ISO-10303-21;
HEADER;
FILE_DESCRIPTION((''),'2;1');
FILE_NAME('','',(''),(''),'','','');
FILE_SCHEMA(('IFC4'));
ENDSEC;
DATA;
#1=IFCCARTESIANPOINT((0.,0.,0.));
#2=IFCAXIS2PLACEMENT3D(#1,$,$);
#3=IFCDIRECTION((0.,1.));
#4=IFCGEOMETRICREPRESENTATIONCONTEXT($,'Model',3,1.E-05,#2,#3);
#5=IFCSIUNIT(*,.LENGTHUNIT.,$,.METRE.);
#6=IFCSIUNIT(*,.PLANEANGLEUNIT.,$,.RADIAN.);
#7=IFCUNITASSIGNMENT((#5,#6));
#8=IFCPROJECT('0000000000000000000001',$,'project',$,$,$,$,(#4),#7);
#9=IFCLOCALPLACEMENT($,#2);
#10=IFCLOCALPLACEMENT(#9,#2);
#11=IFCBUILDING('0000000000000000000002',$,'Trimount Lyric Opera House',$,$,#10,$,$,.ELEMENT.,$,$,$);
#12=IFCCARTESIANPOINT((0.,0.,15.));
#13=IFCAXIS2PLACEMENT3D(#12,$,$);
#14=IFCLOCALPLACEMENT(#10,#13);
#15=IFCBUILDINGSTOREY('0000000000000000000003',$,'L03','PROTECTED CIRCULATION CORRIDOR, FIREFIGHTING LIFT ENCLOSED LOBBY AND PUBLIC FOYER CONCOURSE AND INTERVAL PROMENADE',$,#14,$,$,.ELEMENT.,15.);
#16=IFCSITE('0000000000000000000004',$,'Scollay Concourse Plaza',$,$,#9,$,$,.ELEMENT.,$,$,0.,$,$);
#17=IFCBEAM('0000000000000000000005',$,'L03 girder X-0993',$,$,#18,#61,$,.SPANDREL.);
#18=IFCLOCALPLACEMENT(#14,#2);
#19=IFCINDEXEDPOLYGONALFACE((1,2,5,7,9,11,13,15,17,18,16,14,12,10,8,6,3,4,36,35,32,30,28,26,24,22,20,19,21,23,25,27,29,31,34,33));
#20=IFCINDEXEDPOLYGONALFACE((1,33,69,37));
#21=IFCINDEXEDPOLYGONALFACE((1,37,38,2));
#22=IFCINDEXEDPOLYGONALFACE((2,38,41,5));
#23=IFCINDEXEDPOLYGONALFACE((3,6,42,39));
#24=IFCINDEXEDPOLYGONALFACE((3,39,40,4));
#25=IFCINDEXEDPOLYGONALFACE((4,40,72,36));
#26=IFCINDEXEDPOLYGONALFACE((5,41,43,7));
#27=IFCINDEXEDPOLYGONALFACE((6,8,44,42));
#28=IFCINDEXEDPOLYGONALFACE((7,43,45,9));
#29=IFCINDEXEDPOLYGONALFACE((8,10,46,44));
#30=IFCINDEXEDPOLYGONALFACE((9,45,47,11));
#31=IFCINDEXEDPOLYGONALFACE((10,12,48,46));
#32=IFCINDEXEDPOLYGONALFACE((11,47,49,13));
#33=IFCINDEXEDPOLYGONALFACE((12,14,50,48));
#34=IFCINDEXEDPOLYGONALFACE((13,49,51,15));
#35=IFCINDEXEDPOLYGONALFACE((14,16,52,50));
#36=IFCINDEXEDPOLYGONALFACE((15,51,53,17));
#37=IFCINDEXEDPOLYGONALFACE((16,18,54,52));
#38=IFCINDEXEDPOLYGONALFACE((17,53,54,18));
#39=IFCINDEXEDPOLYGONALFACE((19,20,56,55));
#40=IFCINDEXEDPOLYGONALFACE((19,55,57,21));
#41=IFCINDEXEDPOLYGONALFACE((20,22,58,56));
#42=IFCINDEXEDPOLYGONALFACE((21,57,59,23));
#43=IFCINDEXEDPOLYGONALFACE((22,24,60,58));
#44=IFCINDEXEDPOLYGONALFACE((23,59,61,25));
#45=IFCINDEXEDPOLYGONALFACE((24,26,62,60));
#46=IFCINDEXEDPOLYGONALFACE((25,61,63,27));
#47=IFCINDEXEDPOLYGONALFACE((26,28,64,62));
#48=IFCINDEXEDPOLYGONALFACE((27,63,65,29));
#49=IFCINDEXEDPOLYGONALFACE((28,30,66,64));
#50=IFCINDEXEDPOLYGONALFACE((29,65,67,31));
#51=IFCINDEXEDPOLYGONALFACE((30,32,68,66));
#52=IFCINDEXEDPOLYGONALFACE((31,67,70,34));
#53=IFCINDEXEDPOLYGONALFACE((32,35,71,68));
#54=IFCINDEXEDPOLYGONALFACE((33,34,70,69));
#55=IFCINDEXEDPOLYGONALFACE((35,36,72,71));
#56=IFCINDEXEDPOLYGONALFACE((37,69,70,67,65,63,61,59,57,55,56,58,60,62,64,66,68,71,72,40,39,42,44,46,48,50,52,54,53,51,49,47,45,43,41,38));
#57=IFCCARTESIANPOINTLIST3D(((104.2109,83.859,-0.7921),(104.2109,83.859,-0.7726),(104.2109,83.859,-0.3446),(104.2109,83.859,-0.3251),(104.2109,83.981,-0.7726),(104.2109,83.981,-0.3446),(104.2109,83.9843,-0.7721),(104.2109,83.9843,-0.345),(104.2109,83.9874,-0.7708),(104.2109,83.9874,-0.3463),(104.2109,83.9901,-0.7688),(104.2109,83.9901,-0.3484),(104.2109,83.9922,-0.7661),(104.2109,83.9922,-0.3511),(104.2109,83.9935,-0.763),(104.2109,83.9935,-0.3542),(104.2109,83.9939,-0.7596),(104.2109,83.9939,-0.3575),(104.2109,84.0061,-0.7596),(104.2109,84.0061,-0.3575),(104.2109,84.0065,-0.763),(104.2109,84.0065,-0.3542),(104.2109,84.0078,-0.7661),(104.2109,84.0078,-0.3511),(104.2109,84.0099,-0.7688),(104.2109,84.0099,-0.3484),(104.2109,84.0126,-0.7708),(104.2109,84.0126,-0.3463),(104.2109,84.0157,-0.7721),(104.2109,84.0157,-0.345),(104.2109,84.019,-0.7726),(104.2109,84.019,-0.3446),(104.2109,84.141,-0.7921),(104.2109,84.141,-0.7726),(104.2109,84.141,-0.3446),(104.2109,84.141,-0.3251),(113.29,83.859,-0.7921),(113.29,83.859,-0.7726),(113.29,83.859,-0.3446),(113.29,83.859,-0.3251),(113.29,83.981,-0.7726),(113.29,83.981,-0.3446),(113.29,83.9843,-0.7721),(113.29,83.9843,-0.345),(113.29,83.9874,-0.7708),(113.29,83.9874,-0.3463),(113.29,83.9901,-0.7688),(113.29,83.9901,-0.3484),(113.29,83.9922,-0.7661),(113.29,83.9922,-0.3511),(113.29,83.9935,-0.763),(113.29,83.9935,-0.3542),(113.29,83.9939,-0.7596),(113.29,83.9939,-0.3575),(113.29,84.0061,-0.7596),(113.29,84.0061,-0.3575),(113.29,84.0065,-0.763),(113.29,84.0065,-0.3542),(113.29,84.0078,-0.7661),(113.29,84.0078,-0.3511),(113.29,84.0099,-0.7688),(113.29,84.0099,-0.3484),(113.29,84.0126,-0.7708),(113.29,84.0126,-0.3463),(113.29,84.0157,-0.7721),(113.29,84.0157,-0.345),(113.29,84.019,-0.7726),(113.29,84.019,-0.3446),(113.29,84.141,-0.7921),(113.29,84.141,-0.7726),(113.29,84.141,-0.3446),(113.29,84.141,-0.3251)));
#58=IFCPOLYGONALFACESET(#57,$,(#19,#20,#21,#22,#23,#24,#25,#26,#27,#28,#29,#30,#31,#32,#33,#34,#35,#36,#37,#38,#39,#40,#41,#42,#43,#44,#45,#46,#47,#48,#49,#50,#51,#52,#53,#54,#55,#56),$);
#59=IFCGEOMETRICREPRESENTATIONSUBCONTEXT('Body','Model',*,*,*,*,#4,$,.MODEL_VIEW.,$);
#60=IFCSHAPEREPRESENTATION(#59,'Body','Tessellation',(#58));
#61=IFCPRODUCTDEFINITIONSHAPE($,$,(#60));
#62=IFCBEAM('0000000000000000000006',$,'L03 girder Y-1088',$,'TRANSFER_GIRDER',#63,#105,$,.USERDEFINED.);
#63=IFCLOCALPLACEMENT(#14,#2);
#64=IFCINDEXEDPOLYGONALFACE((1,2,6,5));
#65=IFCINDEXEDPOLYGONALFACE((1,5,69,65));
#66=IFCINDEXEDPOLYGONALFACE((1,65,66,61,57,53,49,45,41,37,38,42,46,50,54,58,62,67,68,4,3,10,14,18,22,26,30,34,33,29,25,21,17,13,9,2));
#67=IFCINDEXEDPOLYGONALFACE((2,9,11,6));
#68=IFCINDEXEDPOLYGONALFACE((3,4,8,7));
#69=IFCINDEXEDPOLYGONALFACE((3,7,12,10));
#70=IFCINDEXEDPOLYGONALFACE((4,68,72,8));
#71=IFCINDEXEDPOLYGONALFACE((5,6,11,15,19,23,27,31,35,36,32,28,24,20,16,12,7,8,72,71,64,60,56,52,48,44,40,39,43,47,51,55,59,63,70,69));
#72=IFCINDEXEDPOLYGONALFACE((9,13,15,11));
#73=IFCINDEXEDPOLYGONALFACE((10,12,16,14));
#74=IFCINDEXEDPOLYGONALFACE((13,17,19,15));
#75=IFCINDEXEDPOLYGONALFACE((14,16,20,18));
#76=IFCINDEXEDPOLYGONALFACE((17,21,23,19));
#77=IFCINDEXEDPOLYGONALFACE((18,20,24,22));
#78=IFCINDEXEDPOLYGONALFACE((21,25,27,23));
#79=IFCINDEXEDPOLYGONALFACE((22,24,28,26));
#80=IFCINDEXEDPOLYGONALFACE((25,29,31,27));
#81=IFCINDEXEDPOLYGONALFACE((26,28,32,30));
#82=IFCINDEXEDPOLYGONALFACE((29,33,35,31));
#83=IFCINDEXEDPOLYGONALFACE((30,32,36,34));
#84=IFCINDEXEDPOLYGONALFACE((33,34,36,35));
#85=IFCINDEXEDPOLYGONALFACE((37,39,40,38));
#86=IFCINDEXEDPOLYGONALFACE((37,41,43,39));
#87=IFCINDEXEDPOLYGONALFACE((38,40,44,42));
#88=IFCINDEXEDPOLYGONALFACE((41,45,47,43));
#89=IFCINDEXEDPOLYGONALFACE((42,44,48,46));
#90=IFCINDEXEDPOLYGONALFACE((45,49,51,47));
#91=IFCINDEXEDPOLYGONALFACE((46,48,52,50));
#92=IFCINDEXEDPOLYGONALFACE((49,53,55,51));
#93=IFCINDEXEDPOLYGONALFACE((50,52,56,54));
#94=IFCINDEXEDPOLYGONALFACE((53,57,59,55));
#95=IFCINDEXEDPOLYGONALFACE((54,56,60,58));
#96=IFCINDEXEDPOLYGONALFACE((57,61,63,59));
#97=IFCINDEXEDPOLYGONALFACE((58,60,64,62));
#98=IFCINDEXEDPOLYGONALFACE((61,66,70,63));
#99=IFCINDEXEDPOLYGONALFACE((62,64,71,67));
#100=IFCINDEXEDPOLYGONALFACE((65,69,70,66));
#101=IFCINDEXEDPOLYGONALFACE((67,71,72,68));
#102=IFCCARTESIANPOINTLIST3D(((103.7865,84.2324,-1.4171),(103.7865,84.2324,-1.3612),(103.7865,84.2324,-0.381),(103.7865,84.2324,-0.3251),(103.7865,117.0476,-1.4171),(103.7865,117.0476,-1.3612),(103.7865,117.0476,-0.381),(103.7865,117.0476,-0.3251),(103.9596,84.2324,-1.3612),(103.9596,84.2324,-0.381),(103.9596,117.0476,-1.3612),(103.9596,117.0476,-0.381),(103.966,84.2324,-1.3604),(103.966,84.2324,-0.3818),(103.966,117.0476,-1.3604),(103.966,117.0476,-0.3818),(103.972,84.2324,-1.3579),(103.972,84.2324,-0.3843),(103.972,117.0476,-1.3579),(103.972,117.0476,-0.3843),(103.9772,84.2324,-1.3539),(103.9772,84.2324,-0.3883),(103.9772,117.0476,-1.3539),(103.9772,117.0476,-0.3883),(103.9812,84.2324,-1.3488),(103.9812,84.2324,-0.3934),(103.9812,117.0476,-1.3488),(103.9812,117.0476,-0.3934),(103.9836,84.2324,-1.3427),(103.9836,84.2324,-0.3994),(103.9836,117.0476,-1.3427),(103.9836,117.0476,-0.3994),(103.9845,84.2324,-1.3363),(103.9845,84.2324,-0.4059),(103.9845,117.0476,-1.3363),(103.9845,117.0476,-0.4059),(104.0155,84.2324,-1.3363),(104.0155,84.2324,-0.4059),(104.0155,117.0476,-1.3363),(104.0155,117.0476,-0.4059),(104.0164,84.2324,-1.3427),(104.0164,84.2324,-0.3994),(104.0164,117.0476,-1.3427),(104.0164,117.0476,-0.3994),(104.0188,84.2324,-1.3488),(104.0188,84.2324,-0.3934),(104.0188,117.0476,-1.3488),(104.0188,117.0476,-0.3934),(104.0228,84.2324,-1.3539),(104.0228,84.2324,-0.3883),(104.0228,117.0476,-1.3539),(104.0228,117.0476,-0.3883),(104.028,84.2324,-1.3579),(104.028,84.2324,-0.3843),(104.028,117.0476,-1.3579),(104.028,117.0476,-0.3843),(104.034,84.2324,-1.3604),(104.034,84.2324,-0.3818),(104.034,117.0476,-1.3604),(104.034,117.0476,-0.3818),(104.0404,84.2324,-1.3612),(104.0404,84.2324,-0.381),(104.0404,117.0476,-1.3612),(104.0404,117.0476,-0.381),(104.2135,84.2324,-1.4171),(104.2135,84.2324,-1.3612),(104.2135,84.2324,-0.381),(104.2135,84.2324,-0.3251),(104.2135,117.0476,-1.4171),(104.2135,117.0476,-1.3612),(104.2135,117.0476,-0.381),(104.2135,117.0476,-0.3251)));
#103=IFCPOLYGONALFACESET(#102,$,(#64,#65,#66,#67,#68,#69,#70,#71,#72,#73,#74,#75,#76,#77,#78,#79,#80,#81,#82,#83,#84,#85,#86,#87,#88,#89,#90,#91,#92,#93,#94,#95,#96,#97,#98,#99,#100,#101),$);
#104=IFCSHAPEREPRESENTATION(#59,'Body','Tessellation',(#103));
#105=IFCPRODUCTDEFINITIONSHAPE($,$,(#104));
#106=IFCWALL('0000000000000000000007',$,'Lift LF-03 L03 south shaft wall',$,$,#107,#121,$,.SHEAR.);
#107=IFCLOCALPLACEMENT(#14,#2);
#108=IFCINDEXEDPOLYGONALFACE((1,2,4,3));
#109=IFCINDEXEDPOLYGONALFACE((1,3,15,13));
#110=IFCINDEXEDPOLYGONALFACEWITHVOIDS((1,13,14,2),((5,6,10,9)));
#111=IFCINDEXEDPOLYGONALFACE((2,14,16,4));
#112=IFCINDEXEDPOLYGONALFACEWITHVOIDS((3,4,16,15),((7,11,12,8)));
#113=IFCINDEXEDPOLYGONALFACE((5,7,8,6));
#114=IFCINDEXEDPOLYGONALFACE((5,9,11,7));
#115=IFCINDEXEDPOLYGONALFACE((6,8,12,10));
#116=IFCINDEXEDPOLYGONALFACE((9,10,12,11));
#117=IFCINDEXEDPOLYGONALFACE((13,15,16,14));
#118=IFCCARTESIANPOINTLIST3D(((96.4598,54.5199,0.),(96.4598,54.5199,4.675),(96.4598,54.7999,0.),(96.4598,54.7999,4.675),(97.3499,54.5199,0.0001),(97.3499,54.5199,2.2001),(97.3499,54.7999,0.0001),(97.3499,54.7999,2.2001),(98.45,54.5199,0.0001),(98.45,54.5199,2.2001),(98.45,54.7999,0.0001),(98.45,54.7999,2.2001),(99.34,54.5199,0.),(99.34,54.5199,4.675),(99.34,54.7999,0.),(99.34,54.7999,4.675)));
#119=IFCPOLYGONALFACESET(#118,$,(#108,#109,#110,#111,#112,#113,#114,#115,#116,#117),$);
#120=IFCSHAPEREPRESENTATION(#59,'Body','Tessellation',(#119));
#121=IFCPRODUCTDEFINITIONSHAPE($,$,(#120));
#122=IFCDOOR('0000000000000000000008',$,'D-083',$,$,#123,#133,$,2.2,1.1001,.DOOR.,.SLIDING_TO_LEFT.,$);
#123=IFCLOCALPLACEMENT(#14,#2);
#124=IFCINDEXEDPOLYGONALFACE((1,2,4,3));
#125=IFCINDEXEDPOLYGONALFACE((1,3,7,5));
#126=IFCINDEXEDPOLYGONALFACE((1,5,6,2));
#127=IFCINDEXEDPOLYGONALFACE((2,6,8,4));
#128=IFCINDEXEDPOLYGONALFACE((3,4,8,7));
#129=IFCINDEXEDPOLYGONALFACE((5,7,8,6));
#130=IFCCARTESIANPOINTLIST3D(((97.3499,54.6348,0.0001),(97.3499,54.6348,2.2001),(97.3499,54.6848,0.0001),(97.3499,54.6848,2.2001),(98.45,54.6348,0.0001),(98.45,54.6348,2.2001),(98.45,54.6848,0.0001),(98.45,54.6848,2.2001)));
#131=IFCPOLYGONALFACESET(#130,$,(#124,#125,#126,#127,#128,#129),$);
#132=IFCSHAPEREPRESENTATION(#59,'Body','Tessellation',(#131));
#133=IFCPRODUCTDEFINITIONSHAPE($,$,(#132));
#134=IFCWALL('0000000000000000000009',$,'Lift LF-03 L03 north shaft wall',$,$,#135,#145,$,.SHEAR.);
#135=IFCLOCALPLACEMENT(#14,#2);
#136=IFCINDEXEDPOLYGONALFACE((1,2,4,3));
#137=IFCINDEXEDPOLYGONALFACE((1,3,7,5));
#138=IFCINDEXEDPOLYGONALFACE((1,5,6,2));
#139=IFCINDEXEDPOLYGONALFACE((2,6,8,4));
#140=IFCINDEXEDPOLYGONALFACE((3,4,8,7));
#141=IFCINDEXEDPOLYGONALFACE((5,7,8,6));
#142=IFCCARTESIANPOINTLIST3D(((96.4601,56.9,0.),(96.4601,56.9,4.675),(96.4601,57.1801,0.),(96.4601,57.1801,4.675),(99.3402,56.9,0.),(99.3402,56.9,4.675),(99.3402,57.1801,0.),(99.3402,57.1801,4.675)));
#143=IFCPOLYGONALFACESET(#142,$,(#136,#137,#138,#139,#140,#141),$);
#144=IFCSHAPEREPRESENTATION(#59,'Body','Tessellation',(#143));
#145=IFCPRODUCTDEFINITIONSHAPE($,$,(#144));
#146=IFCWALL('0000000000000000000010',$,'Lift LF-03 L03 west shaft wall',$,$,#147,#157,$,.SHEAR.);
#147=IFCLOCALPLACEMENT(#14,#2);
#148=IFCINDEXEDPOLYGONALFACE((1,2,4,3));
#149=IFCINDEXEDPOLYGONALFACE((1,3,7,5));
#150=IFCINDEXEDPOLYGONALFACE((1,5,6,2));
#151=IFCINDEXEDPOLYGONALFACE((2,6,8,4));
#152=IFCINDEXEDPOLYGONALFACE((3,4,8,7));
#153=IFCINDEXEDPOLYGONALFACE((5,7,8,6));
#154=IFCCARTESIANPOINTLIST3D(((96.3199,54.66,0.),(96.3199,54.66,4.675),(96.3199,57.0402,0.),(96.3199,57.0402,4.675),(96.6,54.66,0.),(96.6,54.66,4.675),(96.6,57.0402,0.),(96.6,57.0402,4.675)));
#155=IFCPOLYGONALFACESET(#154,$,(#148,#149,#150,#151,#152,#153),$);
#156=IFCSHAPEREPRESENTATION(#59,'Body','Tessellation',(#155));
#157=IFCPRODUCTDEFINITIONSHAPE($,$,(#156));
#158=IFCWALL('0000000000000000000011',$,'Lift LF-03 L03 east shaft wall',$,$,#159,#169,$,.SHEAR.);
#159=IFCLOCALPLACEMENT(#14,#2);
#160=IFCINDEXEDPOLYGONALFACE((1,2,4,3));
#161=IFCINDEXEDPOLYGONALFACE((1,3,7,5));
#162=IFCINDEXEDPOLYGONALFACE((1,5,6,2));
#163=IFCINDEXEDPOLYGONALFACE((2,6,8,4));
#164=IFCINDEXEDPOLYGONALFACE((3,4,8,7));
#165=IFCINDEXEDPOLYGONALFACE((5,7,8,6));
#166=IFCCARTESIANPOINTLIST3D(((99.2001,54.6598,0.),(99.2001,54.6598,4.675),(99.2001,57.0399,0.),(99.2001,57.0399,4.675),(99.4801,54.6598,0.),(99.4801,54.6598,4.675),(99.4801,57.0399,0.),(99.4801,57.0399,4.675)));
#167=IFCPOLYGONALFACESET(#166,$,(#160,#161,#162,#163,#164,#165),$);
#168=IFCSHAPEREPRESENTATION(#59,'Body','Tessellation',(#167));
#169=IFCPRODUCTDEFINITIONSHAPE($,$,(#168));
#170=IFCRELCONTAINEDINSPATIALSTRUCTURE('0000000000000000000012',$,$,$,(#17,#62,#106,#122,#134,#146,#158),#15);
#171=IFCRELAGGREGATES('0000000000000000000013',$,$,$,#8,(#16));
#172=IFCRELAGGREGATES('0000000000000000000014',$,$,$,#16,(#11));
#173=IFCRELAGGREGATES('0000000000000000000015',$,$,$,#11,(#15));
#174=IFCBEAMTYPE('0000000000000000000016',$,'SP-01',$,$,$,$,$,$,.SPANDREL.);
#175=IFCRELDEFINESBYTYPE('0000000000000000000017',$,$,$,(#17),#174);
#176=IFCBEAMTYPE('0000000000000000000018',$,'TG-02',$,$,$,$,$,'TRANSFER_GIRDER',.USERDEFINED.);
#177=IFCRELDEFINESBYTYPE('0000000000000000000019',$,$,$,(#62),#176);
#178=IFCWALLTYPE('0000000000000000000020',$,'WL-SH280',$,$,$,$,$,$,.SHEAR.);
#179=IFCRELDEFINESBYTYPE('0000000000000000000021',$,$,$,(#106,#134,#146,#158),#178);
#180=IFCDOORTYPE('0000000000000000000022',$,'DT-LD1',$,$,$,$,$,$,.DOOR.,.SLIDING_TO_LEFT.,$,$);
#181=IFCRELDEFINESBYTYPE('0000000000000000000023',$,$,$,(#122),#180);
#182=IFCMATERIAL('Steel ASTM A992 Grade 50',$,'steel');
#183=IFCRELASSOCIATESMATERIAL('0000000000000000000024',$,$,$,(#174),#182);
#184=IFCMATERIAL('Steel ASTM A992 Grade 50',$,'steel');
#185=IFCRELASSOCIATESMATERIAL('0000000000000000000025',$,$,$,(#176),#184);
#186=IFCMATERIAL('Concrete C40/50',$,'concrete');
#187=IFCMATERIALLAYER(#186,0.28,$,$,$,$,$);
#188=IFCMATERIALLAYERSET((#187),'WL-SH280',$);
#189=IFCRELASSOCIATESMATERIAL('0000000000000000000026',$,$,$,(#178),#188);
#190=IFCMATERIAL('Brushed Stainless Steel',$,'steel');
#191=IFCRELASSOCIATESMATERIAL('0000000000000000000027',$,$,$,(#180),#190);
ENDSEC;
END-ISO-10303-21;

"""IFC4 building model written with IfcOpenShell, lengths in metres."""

from ifc_helpers import new_model, si_unit, direction, frame, frame_2d, origin, origin_2d, place, context, subcontext, project, spatial, rectangle, i_section, extrude, material, layer, layer_set, material_profile, profile_set, type_object, element, fill, save


model = new_model("IFC4")

# Units and contexts
model_context = context("Model", 3, precision=1e-05, world=origin(), true_north=direction((0.0, 1.0)))
body_context = subcontext(model_context, "Body", "Model", "MODEL_VIEW")
ifc_project = project(units=[si_unit("LENGTHUNIT", "METRE"), si_unit("PLANEANGLEUNIT", "RADIAN")], contexts=[model_context])

# Site, building, storey
site_placement = place(None, origin())
site = spatial("IfcSite", under=ifc_project, at=site_placement, Name="Scollay Concourse Plaza", CompositionType="ELEMENT", RefElevation=0.0)
building_placement = place(site_placement, origin())
building = spatial("IfcBuilding", under=site, at=building_placement, Name="Trimount Lyric Opera House", CompositionType="ELEMENT")
storey_placement = place(building_placement, frame((0.0, 0.0, 15.0)))
storey = spatial("IfcBuildingStorey", under=building, at=storey_placement, Name="L03", Description="PROTECTED CIRCULATION CORRIDOR, FIREFIGHTING LIFT ENCLOSED LOBBY AND PUBLIC FOYER CONCOURSE AND INTERVAL PROMENADE", CompositionType="ELEMENT", Elevation=15.0)

# Beams
ifc_material_1 = material(Name="Steel ASTM A992 Grade 50", Category="steel")
ifc_material_profile_1 = material_profile(ifc_material_1, i_section(OverallWidth=0.282, OverallDepth=0.467, WebThickness=0.0122, FlangeThickness=0.0195, FilletRadius=0.0129, at=origin_2d()), Name="W18X86")
ifc_profile_set_1 = profile_set([ifc_material_profile_1], Name="Steel ASTM A992 Grade 50")
beam_type_1 = type_object("IfcBeamType", Name="SP-01", PredefinedType="SPANDREL", material=ifc_profile_set_1)
beam_1_placement = place(storey_placement, frame((104.2109, 84.0, -0.5586), z_axis=(1.0, 0.0, 0.0), x_axis=(0.0, 1.0, 0.0)))
element("IfcBeam", 1, at=beam_1_placement, inside=storey, type_object=beam_type_1, Name="L03 girder X-0993", PredefinedType="SPANDREL", context=body_context, shape_type="SweptSolid", body=[
    extrude(i_section(OverallWidth=0.282, OverallDepth=0.467, WebThickness=0.0122, FlangeThickness=0.0195, FilletRadius=0.0129, at=origin_2d()), origin(), (0.0, 0.0, 1.0), 9.0791),
])
ifc_material_2 = material(Name="Steel ASTM A992 Grade 50", Category="steel")
ifc_material_profile_2 = material_profile(ifc_material_2, i_section(OverallWidth=0.427, OverallDepth=1.092, WebThickness=0.031, FlangeThickness=0.0559, FilletRadius=0.0249, at=origin_2d()), Name="W40X397")
ifc_profile_set_2 = profile_set([ifc_material_profile_2], Name="Steel ASTM A992 Grade 50")
beam_type_2 = type_object("IfcBeamType", Name="TG-02", ElementType="TRANSFER_GIRDER", PredefinedType="USERDEFINED", material=ifc_profile_set_2)
beam_2_placement = place(storey_placement, frame((104.0, 84.2324, -0.8711), z_axis=(0.0, 1.0, 0.0), x_axis=(-1.0, 0.0, 0.0)))
element("IfcBeam", 2, at=beam_2_placement, inside=storey, type_object=beam_type_2, Name="L03 girder Y-1088", ObjectType="TRANSFER_GIRDER", PredefinedType="USERDEFINED", context=body_context, shape_type="SweptSolid", body=[
    extrude(i_section(OverallWidth=0.427, OverallDepth=1.092, WebThickness=0.031, FlangeThickness=0.0559, FilletRadius=0.0249, at=origin_2d()), origin(), (0.0, 0.0, 1.0), 32.8152),
])

# Wall, opening, door
ifc_material_3 = material(Name="Concrete C40/50", Category="concrete")
ifc_layer_1 = layer(ifc_material_3, 0.28)
ifc_layer_set_1 = layer_set([ifc_layer_1], Name="WL-SH280")
wall_type_1 = type_object("IfcWallType", Name="WL-SH280", PredefinedType="SHEAR", material=ifc_layer_set_1)
wall_1_placement = place(storey_placement, frame((96.46, 54.6599, 0.0), z_axis=(0.0, 0.0, 1.0), x_axis=(1.0, 0.0, 0.0)))
wall_1 = element("IfcWall", 3, at=wall_1_placement, inside=storey, type_object=wall_type_1, Name="Lift LF-03 L03 south shaft wall", PredefinedType="SHEAR", context=body_context, shape_type="SweptSolid", body=[
    extrude(rectangle(XDim=2.8801, YDim=0.28, at=frame_2d((1.4399, 0.0))), origin(), (0.0, 0.0, 1.0), 4.675),
])
opening_1_placement = place(wall_1_placement, frame((0.8899, 0.0, 0.0)))
opening_1 = element("IfcOpeningElement", 4, at=opening_1_placement, cuts=wall_1, PredefinedType="OPENING", context=body_context, shape_type="SweptSolid", body=[
    extrude(rectangle(XDim=1.1001, YDim=2.2, at=frame_2d((0.55, 1.1001))), frame((0.0, 0.1499, 0.0), z_axis=(0.0, -1.0, 0.0), x_axis=(1.0, 0.0, 0.0)), (0.0, 0.0, 1.0), 0.3),
])
ifc_material_4 = material(Name="Brushed Stainless Steel", Category="steel")
door_type = type_object("IfcDoorType", Name="DT-LD1", OperationType="SLIDING_TO_LEFT", PredefinedType="DOOR", material=ifc_material_4)
door_1_placement = place(opening_1_placement, origin())
door_1 = element("IfcDoor", 5, at=door_1_placement, inside=storey, type_object=door_type, Name="D-083", OperationType="SLIDING_TO_LEFT", OverallHeight=2.2, OverallWidth=1.1001, PredefinedType="DOOR", context=body_context, shape_type="SweptSolid", body=[
    extrude(rectangle(XDim=1.1001, YDim=2.2, at=frame_2d((0.55, 1.1001))), frame((0.0, 0.0249, 0.0), z_axis=(0.0, -1.0, 0.0), x_axis=(1.0, 0.0, 0.0)), (0.0, 0.0, 1.0), 0.05),
])
fill(opening_1, door_1)

# Walls
wall_2_placement = place(storey_placement, frame((99.3401, 57.04, 0.0), z_axis=(0.0, 0.0, 1.0), x_axis=(-1.0, 0.0, 0.0)))
element("IfcWall", 6, at=wall_2_placement, inside=storey, type_object=wall_type_1, Name="Lift LF-03 L03 north shaft wall", PredefinedType="SHEAR", context=body_context, shape_type="SweptSolid", body=[
    extrude(rectangle(XDim=2.8801, YDim=0.28, at=frame_2d((1.4399, 0.0))), origin(), (0.0, 0.0, 1.0), 4.675),
])
for number, where, z_axis, x_axis, name in (
    (7, (96.46, 57.04, 0.0), (0.0, 0.0, 1.0), (0.0, -1.0, 0.0), "Lift LF-03 L03 west shaft wall"),
    (8, (99.3401, 54.6599, 0.0), (0.0, 0.0, 1.0), (0.0, 1.0, 0.0), "Lift LF-03 L03 east shaft wall"),
):
    element("IfcWall", number, at=place(storey_placement, frame(where, z_axis=z_axis, x_axis=x_axis)), inside=storey, type_object=wall_type_1, Name=name, PredefinedType="SHEAR", context=body_context, shape_type="SweptSolid", body=[
        extrude(rectangle(XDim=2.3801, YDim=0.28, at=frame_2d((1.1899, 0.0))), origin(), (0.0, 0.0, 1.0), 4.675),
    ])

save(model, "model.ifc")
